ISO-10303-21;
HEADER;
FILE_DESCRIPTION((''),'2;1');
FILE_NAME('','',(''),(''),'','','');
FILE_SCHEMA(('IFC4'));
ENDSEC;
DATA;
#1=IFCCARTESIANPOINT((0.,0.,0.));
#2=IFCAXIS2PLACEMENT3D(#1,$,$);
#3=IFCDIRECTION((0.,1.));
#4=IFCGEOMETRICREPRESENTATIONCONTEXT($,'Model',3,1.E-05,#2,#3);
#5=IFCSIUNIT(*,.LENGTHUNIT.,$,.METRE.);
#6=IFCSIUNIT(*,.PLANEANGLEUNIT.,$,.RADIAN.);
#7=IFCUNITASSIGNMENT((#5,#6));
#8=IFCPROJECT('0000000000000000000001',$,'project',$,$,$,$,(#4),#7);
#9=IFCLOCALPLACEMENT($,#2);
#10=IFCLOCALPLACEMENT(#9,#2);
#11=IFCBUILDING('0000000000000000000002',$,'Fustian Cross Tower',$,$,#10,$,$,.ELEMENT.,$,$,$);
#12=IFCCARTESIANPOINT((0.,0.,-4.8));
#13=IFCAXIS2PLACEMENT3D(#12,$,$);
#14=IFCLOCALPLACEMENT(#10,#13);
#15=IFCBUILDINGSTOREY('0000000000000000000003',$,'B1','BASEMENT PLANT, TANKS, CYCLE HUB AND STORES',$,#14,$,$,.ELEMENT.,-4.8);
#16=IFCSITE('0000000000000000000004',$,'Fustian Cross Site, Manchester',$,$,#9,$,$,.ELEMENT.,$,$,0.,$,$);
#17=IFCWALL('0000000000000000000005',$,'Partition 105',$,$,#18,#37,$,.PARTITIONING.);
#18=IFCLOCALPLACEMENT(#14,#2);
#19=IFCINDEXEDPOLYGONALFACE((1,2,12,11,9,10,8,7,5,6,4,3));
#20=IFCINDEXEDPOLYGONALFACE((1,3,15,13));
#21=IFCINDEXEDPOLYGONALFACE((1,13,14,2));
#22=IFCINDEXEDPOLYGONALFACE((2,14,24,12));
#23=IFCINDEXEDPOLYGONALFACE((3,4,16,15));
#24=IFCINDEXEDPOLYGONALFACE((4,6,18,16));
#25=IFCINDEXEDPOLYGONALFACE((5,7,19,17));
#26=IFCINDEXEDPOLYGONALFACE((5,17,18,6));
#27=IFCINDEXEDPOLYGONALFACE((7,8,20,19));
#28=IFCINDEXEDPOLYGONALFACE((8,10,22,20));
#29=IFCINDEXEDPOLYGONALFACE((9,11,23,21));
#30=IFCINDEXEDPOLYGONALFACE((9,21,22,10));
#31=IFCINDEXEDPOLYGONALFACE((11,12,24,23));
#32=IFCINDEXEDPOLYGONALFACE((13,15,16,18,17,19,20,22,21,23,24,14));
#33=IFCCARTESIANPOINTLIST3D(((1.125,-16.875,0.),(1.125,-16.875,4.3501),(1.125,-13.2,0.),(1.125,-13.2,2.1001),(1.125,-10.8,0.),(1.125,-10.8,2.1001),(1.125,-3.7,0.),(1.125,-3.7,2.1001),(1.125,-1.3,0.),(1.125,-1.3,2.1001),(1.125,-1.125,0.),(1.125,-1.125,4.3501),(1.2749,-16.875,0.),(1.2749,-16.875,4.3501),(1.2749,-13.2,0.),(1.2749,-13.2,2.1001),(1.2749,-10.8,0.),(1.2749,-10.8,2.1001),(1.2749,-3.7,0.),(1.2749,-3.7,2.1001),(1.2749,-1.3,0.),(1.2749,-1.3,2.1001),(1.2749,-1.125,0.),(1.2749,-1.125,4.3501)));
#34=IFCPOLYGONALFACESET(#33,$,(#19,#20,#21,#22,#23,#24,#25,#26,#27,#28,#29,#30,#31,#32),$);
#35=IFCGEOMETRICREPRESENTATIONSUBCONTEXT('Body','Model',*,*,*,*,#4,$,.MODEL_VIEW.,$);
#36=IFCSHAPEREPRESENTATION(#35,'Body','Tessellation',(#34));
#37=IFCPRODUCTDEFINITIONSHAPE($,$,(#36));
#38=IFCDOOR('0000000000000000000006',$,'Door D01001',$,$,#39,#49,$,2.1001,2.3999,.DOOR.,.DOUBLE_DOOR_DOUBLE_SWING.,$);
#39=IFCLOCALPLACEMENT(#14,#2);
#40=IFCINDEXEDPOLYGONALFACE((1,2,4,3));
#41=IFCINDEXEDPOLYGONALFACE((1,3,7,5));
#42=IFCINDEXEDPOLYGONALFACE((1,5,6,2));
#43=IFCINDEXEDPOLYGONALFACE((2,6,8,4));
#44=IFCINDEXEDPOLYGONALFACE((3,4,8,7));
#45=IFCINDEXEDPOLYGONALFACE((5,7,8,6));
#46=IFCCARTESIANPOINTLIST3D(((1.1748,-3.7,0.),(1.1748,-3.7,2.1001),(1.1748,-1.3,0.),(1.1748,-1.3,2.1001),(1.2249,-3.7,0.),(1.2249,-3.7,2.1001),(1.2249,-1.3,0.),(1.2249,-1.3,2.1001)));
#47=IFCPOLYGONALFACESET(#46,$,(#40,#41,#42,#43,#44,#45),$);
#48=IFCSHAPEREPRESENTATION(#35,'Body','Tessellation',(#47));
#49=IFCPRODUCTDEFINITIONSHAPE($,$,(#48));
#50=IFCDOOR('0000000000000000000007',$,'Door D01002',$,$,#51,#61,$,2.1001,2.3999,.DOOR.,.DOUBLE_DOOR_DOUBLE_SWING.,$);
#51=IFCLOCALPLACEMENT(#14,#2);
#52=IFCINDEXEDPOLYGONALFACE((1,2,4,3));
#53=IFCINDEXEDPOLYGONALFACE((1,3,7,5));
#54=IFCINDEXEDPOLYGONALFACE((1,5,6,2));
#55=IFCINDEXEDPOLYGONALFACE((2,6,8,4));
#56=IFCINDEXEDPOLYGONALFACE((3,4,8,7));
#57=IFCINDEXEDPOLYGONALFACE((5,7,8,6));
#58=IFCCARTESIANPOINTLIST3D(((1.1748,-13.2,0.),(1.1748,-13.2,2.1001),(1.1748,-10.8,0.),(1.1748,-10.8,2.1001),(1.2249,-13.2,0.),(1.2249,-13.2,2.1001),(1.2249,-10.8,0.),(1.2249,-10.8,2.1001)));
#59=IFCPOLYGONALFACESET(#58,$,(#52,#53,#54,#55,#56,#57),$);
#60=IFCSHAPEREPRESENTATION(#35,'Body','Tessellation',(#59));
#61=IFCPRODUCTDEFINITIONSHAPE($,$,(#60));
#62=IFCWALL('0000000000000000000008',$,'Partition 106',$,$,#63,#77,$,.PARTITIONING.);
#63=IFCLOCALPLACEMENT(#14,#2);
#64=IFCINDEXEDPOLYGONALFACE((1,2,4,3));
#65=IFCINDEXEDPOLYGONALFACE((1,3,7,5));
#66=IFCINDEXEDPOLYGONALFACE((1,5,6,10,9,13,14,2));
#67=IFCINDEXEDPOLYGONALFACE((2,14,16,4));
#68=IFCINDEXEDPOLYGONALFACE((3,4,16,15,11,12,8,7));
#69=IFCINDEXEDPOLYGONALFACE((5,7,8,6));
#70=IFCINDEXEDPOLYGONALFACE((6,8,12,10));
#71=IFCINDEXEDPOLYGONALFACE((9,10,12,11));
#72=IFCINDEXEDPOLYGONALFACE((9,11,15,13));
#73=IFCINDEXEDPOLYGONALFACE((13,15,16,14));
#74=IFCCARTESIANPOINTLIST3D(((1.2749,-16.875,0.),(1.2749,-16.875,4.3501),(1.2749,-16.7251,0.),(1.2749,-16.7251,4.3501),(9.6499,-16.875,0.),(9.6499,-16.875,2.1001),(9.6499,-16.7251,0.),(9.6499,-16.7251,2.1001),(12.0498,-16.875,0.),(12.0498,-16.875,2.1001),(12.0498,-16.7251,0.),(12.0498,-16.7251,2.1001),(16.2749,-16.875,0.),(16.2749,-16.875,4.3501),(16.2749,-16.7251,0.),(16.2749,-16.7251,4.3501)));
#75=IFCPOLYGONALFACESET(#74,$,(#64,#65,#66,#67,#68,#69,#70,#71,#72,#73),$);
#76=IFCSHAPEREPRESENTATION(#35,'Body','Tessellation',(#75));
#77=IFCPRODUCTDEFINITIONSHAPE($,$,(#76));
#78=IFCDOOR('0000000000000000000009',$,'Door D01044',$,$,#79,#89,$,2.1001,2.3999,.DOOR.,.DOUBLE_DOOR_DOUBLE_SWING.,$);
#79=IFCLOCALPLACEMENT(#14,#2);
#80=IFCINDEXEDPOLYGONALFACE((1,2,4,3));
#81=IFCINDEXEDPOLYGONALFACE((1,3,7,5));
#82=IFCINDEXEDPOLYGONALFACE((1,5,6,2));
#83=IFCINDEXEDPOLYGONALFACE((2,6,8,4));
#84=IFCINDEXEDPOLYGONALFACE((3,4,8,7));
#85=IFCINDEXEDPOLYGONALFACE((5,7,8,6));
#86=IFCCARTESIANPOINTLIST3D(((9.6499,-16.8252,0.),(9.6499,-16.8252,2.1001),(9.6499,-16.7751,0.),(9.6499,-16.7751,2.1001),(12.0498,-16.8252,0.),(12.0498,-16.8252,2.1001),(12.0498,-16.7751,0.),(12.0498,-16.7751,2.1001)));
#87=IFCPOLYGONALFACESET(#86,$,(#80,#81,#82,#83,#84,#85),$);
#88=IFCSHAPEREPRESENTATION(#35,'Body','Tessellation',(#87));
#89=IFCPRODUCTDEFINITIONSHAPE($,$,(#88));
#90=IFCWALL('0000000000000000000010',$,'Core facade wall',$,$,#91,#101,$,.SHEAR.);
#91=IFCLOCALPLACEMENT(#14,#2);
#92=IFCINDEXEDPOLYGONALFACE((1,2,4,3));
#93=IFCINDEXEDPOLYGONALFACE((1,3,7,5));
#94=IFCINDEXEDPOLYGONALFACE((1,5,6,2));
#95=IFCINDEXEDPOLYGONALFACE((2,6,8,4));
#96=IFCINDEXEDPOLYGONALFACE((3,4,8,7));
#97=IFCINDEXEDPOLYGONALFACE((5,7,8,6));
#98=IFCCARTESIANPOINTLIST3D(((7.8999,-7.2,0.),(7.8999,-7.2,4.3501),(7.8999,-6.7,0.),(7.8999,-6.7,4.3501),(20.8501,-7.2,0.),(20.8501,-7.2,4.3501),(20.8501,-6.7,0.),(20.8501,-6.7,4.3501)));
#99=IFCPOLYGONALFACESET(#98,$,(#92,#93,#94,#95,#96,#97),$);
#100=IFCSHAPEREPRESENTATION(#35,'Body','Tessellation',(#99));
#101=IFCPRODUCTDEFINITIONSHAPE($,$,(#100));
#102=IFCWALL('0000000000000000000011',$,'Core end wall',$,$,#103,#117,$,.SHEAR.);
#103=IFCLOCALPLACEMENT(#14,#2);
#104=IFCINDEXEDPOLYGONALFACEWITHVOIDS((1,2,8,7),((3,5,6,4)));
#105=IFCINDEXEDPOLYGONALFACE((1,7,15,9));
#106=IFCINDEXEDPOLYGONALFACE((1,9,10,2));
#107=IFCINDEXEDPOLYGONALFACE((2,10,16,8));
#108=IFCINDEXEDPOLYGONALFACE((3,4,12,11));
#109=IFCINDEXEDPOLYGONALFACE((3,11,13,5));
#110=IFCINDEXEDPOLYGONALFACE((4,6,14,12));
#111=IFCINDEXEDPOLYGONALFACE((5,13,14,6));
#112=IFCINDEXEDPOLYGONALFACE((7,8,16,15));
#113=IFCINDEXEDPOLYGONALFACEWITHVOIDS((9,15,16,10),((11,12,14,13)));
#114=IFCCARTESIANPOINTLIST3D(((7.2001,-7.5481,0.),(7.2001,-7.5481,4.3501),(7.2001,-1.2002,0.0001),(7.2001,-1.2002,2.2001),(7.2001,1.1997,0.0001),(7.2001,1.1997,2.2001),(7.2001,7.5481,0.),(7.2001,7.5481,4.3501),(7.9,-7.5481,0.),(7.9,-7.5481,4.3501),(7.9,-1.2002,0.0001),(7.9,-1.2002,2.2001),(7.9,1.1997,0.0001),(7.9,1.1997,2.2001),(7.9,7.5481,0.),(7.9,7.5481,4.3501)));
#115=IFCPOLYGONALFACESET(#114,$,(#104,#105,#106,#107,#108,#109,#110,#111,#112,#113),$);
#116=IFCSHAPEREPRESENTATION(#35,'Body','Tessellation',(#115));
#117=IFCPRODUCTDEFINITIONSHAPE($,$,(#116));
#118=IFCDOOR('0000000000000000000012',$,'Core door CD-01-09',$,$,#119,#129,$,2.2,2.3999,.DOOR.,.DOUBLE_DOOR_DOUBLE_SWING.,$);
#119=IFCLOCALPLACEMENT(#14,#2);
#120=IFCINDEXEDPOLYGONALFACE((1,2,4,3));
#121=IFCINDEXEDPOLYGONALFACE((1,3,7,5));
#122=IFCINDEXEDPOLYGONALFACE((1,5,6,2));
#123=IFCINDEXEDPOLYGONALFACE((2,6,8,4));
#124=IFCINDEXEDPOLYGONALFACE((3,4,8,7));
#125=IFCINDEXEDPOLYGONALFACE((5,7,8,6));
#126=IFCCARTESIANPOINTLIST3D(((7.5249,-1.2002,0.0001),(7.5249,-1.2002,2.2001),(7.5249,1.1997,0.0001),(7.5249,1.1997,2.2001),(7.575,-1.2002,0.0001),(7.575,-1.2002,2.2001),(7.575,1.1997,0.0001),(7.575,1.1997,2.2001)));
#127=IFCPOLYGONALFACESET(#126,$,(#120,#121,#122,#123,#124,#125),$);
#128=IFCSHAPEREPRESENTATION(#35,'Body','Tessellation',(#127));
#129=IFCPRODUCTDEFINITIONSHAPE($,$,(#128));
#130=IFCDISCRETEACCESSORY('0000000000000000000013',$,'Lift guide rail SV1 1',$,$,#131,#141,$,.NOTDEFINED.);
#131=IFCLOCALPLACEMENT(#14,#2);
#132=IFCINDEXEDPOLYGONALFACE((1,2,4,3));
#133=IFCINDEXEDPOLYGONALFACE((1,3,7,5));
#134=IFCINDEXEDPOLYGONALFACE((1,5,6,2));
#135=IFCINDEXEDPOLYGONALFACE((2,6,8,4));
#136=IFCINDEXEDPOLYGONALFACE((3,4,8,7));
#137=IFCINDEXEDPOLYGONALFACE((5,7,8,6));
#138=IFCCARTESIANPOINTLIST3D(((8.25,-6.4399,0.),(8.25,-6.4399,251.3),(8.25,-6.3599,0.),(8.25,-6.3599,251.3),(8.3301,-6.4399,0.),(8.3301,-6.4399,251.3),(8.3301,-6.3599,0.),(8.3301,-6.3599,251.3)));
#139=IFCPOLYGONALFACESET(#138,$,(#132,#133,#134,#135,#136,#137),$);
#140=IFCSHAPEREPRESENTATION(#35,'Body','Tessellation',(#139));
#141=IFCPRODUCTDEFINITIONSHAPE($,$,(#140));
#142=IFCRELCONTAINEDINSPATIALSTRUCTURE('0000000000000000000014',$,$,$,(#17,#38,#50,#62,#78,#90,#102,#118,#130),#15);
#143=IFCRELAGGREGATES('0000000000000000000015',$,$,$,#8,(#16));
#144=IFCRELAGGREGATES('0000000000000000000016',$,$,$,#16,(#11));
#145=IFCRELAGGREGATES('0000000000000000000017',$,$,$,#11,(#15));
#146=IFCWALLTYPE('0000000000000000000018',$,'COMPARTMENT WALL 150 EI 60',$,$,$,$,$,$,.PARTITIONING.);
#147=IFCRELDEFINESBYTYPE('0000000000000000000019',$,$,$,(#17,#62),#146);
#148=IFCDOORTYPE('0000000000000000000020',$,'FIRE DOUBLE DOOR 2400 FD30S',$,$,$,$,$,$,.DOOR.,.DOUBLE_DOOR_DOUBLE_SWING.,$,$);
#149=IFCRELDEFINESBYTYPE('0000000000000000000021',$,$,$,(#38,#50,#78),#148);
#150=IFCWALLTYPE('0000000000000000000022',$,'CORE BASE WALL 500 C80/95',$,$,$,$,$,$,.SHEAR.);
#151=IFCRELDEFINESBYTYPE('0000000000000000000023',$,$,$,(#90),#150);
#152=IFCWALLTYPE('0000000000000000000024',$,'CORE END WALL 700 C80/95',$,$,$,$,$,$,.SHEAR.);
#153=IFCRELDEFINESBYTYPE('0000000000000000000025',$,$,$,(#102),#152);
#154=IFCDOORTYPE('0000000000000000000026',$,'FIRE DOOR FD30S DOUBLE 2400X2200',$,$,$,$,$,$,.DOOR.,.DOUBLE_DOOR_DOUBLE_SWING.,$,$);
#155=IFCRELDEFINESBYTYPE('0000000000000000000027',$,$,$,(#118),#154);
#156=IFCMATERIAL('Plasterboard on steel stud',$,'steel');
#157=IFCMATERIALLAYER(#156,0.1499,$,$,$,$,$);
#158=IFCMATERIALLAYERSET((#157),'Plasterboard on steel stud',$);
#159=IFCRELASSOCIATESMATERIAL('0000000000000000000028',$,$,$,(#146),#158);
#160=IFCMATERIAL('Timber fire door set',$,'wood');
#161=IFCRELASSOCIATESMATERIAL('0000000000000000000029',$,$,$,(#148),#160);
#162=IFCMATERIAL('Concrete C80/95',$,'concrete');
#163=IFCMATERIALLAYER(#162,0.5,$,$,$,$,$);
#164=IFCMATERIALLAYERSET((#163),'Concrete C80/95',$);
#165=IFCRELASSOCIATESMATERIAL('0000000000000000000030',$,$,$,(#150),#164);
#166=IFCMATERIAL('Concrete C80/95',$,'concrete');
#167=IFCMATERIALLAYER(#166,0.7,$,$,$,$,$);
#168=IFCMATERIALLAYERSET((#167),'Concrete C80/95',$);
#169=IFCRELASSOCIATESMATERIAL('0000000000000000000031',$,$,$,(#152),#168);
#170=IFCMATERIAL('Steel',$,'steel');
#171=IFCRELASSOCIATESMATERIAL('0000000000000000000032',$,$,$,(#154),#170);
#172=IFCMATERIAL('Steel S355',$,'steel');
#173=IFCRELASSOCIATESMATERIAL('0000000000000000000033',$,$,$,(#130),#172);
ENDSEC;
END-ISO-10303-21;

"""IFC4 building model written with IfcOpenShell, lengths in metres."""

from ifc_helpers import new_model, si_unit, direction, frame, frame_2d, origin, origin_2d, place, context, subcontext, project, spatial, rectangle, extrude, material, layer, layer_set, type_object, element, fill, save


model = new_model("IFC4")

# Units and contexts
model_context = context("Model", 3, precision=1e-05, world=origin(), true_north=direction((0.0, 1.0)))
body_context = subcontext(model_context, "Body", "Model", "MODEL_VIEW")
ifc_project = project(units=[si_unit("LENGTHUNIT", "METRE"), si_unit("PLANEANGLEUNIT", "RADIAN")], contexts=[model_context])

# Site, building, storey
site_placement = place(None, origin())
site = spatial("IfcSite", under=ifc_project, at=site_placement, Name="Fustian Cross Site, Manchester", CompositionType="ELEMENT", RefElevation=0.0)
building_placement = place(site_placement, origin())
building = spatial("IfcBuilding", under=site, at=building_placement, Name="Fustian Cross Tower", CompositionType="ELEMENT")
storey_placement = place(building_placement, frame((0.0, 0.0, -4.8)))
storey = spatial("IfcBuildingStorey", under=building, at=storey_placement, Name="B1", Description="BASEMENT PLANT, TANKS, CYCLE HUB AND STORES", CompositionType="ELEMENT", Elevation=-4.8)

# Shared definitions
ifc_material_1 = material(Name="Plasterboard on steel stud", Category="steel")
ifc_layer_1 = layer(ifc_material_1, 0.1499)
ifc_layer_set_1 = layer_set([ifc_layer_1], Name="Plasterboard on steel stud")
wall_type_1 = type_object("IfcWallType", Name="COMPARTMENT WALL 150 EI 60", PredefinedType="PARTITIONING", material=ifc_layer_set_1)

# Wall, openings, doors
wall_1_placement = place(storey_placement, frame((1.2, -16.875, 0.0), z_axis=(0.0, 0.0, 1.0), x_axis=(0.0, 1.0, 0.0)))
wall_1 = element("IfcWall", 1, at=wall_1_placement, inside=storey, type_object=wall_type_1, Name="Partition 105", PredefinedType="PARTITIONING", context=body_context, shape_type="SweptSolid", body=[
    extrude(rectangle(XDim=15.75, YDim=0.1499, at=frame_2d((7.875, 0.0))), origin(), (0.0, 0.0, 1.0), 4.3501),
])
opening_1_placement = place(wall_1_placement, frame((13.175, 0.0, 0.0)))
opening_1 = element("IfcOpeningElement", 2, at=opening_1_placement, cuts=wall_1, PredefinedType="OPENING", context=body_context, shape_type="SweptSolid", body=[
    extrude(rectangle(XDim=2.3999, YDim=2.1001, at=frame_2d((1.2, 1.05))), frame((0.0, 0.085, 0.0), z_axis=(0.0, -1.0, 0.0), x_axis=(1.0, 0.0, 0.0)), (0.0, 0.0, 1.0), 0.1699),
])
opening_2_placement = place(wall_1_placement, frame((3.675, 0.0, 0.0)))
opening_2 = element("IfcOpeningElement", 3, at=opening_2_placement, cuts=wall_1, PredefinedType="OPENING", context=body_context, shape_type="SweptSolid", body=[
    extrude(rectangle(XDim=2.3999, YDim=2.1001, at=frame_2d((1.2, 1.05))), frame((0.0, 0.085, 0.0), z_axis=(0.0, -1.0, 0.0), x_axis=(1.0, 0.0, 0.0)), (0.0, 0.0, 1.0), 0.1699),
])
ifc_material_2 = material(Name="Timber fire door set", Category="wood")
door_type_1 = type_object("IfcDoorType", Name="FIRE DOUBLE DOOR 2400 FD30S", OperationType="DOUBLE_DOOR_DOUBLE_SWING", PredefinedType="DOOR", material=ifc_material_2)
door_1_placement = place(opening_1_placement, frame((2.3999, 0.0, 0.0), z_axis=(0.0, 0.0, 1.0), x_axis=(-1.0, 0.0, 0.0)))
door_1 = element("IfcDoor", 4, at=door_1_placement, inside=storey, type_object=door_type_1, Name="Door D01001", OperationType="DOUBLE_DOOR_DOUBLE_SWING", OverallHeight=2.1001, OverallWidth=2.3999, PredefinedType="DOOR", context=body_context, shape_type="SweptSolid", body=[
    extrude(rectangle(XDim=2.3999, YDim=2.1001, at=frame_2d((1.2, 1.05))), frame((0.0, 0.0249, 0.0), z_axis=(0.0, -1.0, 0.0), x_axis=(1.0, 0.0, 0.0)), (0.0, 0.0, 1.0), 0.05),
])
fill(opening_1, door_1)
door_2_placement = place(opening_2_placement, frame((2.3999, 0.0, 0.0), z_axis=(0.0, 0.0, 1.0), x_axis=(-1.0, 0.0, 0.0)))
door_2 = element("IfcDoor", 5, at=door_2_placement, inside=storey, type_object=door_type_1, Name="Door D01002", OperationType="DOUBLE_DOOR_DOUBLE_SWING", OverallHeight=2.1001, OverallWidth=2.3999, PredefinedType="DOOR", context=body_context, shape_type="SweptSolid", body=[
    extrude(rectangle(XDim=2.3999, YDim=2.1001, at=frame_2d((1.2, 1.05))), frame((0.0, 0.0249, 0.0), z_axis=(0.0, -1.0, 0.0), x_axis=(1.0, 0.0, 0.0)), (0.0, 0.0, 1.0), 0.05),
])
fill(opening_2, door_2)

# Wall, opening, door
wall_2_placement = place(storey_placement, frame((1.2749, -16.8, 0.0), z_axis=(0.0, 0.0, 1.0), x_axis=(1.0, 0.0, 0.0)))
wall_2 = element("IfcWall", 6, at=wall_2_placement, inside=storey, type_object=wall_type_1, Name="Partition 106", PredefinedType="PARTITIONING", context=body_context, shape_type="SweptSolid", body=[
    extrude(rectangle(XDim=15.0, YDim=0.1499, at=frame_2d((7.5, 0.0))), origin(), (0.0, 0.0, 1.0), 4.3501),
])
opening_3_placement = place(wall_2_placement, frame((8.375, 0.0, 0.0)))
opening_3 = element("IfcOpeningElement", 7, at=opening_3_placement, cuts=wall_2, PredefinedType="OPENING", context=body_context, shape_type="SweptSolid", body=[
    extrude(rectangle(XDim=2.3999, YDim=2.1001, at=frame_2d((1.2, 1.05))), frame((0.0, 0.085, 0.0), z_axis=(0.0, -1.0, 0.0), x_axis=(1.0, 0.0, 0.0)), (0.0, 0.0, 1.0), 0.1699),
])
door_3_placement = place(opening_3_placement, origin())
door_3 = element("IfcDoor", 8, at=door_3_placement, inside=storey, type_object=door_type_1, Name="Door D01044", OperationType="DOUBLE_DOOR_DOUBLE_SWING", OverallHeight=2.1001, OverallWidth=2.3999, PredefinedType="DOOR", context=body_context, shape_type="SweptSolid", body=[
    extrude(rectangle(XDim=2.3999, YDim=2.1001, at=frame_2d((1.2, 1.05))), frame((0.0, 0.0249, 0.0), z_axis=(0.0, -1.0, 0.0), x_axis=(1.0, 0.0, 0.0)), (0.0, 0.0, 1.0), 0.05),
])
fill(opening_3, door_3)

# Wall
ifc_material_3 = material(Name="Concrete C80/95", Category="concrete")
ifc_layer_2 = layer(ifc_material_3, 0.5)
ifc_layer_set_2 = layer_set([ifc_layer_2], Name="Concrete C80/95")
wall_type_2 = type_object("IfcWallType", Name="CORE BASE WALL 500 C80/95", PredefinedType="SHEAR", material=ifc_layer_set_2)
wall_3_placement = place(storey_placement, frame((7.8999, -6.95, 0.0), z_axis=(0.0, 0.0, 1.0), x_axis=(1.0, 0.0, 0.0)))
element("IfcWall", 9, at=wall_3_placement, inside=storey, type_object=wall_type_2, Name="Core facade wall", PredefinedType="SHEAR", context=body_context, shape_type="SweptSolid", body=[
    extrude(rectangle(XDim=12.9502, YDim=0.5, at=frame_2d((6.4751, 0.0))), origin(), (0.0, 0.0, 1.0), 4.3501),
])

# Wall, opening, door
ifc_material_4 = material(Name="Concrete C80/95", Category="concrete")
ifc_layer_3 = layer(ifc_material_4, 0.7)
ifc_layer_set_3 = layer_set([ifc_layer_3], Name="Concrete C80/95")
wall_type_3 = type_object("IfcWallType", Name="CORE END WALL 700 C80/95", PredefinedType="SHEAR", material=ifc_layer_set_3)
wall_4_placement = place(storey_placement, frame((7.55, -7.5481, 0.0), z_axis=(0.0, 0.0, 1.0), x_axis=(0.0, 1.0, 0.0)))
wall_4 = element("IfcWall", 10, at=wall_4_placement, inside=storey, type_object=wall_type_3, Name="Core end wall", PredefinedType="SHEAR", context=body_context, shape_type="SweptSolid", body=[
    extrude(rectangle(XDim=15.0962, YDim=0.7, at=frame_2d((7.5481, 0.0))), origin(), (0.0, 0.0, 1.0), 4.3501),
])
opening_4_placement = place(wall_4_placement, frame((6.3479, 0.0, 0.0)))
opening_4 = element("IfcOpeningElement", 11, at=opening_4_placement, cuts=wall_4, PredefinedType="OPENING", context=body_context, shape_type="SweptSolid", body=[
    extrude(rectangle(XDim=2.3999, YDim=2.2, at=frame_2d((1.2, 1.1001))), frame((0.0, 0.3599, 0.0), z_axis=(0.0, -1.0, 0.0), x_axis=(1.0, 0.0, 0.0)), (0.0, 0.0, 1.0), 0.72),
])
ifc_material_5 = material(Name="Steel", Category="steel")
door_type_2 = type_object("IfcDoorType", Name="FIRE DOOR FD30S DOUBLE 2400X2200", OperationType="DOUBLE_DOOR_DOUBLE_SWING", PredefinedType="DOOR", material=ifc_material_5)
door_4_placement = place(opening_4_placement, frame((2.3999, 0.0, 0.0), z_axis=(0.0, 0.0, 1.0), x_axis=(-1.0, 0.0, 0.0)))
door_4 = element("IfcDoor", 12, at=door_4_placement, inside=storey, type_object=door_type_2, Name="Core door CD-01-09", OperationType="DOUBLE_DOOR_DOUBLE_SWING", OverallHeight=2.2, OverallWidth=2.3999, PredefinedType="DOOR", context=body_context, shape_type="SweptSolid", body=[
    extrude(rectangle(XDim=2.3999, YDim=2.2, at=frame_2d((1.2, 1.1001))), frame((0.0, 0.0249, 0.0), z_axis=(0.0, -1.0, 0.0), x_axis=(1.0, 0.0, 0.0)), (0.0, 0.0, 1.0), 0.05),
])
fill(opening_4, door_4)

# Discrete accessory
ifc_material_6 = material(Name="Steel S355", Category="steel")
discrete_accessory_placement = place(storey_placement, frame((8.29, -6.3999, 0.0), z_axis=(0.0, 0.0, 1.0), x_axis=(1.0, 0.0, 0.0)))
element("IfcDiscreteAccessory", 13, at=discrete_accessory_placement, inside=storey, material=ifc_material_6, Name="Lift guide rail SV1 1", PredefinedType="NOTDEFINED", context=body_context, shape_type="SweptSolid", body=[
    extrude(rectangle(XDim=0.0801, YDim=0.0801, at=origin_2d()), origin(), (0.0, 0.0, 1.0), 251.3),
])

save(model, "model.ifc")
